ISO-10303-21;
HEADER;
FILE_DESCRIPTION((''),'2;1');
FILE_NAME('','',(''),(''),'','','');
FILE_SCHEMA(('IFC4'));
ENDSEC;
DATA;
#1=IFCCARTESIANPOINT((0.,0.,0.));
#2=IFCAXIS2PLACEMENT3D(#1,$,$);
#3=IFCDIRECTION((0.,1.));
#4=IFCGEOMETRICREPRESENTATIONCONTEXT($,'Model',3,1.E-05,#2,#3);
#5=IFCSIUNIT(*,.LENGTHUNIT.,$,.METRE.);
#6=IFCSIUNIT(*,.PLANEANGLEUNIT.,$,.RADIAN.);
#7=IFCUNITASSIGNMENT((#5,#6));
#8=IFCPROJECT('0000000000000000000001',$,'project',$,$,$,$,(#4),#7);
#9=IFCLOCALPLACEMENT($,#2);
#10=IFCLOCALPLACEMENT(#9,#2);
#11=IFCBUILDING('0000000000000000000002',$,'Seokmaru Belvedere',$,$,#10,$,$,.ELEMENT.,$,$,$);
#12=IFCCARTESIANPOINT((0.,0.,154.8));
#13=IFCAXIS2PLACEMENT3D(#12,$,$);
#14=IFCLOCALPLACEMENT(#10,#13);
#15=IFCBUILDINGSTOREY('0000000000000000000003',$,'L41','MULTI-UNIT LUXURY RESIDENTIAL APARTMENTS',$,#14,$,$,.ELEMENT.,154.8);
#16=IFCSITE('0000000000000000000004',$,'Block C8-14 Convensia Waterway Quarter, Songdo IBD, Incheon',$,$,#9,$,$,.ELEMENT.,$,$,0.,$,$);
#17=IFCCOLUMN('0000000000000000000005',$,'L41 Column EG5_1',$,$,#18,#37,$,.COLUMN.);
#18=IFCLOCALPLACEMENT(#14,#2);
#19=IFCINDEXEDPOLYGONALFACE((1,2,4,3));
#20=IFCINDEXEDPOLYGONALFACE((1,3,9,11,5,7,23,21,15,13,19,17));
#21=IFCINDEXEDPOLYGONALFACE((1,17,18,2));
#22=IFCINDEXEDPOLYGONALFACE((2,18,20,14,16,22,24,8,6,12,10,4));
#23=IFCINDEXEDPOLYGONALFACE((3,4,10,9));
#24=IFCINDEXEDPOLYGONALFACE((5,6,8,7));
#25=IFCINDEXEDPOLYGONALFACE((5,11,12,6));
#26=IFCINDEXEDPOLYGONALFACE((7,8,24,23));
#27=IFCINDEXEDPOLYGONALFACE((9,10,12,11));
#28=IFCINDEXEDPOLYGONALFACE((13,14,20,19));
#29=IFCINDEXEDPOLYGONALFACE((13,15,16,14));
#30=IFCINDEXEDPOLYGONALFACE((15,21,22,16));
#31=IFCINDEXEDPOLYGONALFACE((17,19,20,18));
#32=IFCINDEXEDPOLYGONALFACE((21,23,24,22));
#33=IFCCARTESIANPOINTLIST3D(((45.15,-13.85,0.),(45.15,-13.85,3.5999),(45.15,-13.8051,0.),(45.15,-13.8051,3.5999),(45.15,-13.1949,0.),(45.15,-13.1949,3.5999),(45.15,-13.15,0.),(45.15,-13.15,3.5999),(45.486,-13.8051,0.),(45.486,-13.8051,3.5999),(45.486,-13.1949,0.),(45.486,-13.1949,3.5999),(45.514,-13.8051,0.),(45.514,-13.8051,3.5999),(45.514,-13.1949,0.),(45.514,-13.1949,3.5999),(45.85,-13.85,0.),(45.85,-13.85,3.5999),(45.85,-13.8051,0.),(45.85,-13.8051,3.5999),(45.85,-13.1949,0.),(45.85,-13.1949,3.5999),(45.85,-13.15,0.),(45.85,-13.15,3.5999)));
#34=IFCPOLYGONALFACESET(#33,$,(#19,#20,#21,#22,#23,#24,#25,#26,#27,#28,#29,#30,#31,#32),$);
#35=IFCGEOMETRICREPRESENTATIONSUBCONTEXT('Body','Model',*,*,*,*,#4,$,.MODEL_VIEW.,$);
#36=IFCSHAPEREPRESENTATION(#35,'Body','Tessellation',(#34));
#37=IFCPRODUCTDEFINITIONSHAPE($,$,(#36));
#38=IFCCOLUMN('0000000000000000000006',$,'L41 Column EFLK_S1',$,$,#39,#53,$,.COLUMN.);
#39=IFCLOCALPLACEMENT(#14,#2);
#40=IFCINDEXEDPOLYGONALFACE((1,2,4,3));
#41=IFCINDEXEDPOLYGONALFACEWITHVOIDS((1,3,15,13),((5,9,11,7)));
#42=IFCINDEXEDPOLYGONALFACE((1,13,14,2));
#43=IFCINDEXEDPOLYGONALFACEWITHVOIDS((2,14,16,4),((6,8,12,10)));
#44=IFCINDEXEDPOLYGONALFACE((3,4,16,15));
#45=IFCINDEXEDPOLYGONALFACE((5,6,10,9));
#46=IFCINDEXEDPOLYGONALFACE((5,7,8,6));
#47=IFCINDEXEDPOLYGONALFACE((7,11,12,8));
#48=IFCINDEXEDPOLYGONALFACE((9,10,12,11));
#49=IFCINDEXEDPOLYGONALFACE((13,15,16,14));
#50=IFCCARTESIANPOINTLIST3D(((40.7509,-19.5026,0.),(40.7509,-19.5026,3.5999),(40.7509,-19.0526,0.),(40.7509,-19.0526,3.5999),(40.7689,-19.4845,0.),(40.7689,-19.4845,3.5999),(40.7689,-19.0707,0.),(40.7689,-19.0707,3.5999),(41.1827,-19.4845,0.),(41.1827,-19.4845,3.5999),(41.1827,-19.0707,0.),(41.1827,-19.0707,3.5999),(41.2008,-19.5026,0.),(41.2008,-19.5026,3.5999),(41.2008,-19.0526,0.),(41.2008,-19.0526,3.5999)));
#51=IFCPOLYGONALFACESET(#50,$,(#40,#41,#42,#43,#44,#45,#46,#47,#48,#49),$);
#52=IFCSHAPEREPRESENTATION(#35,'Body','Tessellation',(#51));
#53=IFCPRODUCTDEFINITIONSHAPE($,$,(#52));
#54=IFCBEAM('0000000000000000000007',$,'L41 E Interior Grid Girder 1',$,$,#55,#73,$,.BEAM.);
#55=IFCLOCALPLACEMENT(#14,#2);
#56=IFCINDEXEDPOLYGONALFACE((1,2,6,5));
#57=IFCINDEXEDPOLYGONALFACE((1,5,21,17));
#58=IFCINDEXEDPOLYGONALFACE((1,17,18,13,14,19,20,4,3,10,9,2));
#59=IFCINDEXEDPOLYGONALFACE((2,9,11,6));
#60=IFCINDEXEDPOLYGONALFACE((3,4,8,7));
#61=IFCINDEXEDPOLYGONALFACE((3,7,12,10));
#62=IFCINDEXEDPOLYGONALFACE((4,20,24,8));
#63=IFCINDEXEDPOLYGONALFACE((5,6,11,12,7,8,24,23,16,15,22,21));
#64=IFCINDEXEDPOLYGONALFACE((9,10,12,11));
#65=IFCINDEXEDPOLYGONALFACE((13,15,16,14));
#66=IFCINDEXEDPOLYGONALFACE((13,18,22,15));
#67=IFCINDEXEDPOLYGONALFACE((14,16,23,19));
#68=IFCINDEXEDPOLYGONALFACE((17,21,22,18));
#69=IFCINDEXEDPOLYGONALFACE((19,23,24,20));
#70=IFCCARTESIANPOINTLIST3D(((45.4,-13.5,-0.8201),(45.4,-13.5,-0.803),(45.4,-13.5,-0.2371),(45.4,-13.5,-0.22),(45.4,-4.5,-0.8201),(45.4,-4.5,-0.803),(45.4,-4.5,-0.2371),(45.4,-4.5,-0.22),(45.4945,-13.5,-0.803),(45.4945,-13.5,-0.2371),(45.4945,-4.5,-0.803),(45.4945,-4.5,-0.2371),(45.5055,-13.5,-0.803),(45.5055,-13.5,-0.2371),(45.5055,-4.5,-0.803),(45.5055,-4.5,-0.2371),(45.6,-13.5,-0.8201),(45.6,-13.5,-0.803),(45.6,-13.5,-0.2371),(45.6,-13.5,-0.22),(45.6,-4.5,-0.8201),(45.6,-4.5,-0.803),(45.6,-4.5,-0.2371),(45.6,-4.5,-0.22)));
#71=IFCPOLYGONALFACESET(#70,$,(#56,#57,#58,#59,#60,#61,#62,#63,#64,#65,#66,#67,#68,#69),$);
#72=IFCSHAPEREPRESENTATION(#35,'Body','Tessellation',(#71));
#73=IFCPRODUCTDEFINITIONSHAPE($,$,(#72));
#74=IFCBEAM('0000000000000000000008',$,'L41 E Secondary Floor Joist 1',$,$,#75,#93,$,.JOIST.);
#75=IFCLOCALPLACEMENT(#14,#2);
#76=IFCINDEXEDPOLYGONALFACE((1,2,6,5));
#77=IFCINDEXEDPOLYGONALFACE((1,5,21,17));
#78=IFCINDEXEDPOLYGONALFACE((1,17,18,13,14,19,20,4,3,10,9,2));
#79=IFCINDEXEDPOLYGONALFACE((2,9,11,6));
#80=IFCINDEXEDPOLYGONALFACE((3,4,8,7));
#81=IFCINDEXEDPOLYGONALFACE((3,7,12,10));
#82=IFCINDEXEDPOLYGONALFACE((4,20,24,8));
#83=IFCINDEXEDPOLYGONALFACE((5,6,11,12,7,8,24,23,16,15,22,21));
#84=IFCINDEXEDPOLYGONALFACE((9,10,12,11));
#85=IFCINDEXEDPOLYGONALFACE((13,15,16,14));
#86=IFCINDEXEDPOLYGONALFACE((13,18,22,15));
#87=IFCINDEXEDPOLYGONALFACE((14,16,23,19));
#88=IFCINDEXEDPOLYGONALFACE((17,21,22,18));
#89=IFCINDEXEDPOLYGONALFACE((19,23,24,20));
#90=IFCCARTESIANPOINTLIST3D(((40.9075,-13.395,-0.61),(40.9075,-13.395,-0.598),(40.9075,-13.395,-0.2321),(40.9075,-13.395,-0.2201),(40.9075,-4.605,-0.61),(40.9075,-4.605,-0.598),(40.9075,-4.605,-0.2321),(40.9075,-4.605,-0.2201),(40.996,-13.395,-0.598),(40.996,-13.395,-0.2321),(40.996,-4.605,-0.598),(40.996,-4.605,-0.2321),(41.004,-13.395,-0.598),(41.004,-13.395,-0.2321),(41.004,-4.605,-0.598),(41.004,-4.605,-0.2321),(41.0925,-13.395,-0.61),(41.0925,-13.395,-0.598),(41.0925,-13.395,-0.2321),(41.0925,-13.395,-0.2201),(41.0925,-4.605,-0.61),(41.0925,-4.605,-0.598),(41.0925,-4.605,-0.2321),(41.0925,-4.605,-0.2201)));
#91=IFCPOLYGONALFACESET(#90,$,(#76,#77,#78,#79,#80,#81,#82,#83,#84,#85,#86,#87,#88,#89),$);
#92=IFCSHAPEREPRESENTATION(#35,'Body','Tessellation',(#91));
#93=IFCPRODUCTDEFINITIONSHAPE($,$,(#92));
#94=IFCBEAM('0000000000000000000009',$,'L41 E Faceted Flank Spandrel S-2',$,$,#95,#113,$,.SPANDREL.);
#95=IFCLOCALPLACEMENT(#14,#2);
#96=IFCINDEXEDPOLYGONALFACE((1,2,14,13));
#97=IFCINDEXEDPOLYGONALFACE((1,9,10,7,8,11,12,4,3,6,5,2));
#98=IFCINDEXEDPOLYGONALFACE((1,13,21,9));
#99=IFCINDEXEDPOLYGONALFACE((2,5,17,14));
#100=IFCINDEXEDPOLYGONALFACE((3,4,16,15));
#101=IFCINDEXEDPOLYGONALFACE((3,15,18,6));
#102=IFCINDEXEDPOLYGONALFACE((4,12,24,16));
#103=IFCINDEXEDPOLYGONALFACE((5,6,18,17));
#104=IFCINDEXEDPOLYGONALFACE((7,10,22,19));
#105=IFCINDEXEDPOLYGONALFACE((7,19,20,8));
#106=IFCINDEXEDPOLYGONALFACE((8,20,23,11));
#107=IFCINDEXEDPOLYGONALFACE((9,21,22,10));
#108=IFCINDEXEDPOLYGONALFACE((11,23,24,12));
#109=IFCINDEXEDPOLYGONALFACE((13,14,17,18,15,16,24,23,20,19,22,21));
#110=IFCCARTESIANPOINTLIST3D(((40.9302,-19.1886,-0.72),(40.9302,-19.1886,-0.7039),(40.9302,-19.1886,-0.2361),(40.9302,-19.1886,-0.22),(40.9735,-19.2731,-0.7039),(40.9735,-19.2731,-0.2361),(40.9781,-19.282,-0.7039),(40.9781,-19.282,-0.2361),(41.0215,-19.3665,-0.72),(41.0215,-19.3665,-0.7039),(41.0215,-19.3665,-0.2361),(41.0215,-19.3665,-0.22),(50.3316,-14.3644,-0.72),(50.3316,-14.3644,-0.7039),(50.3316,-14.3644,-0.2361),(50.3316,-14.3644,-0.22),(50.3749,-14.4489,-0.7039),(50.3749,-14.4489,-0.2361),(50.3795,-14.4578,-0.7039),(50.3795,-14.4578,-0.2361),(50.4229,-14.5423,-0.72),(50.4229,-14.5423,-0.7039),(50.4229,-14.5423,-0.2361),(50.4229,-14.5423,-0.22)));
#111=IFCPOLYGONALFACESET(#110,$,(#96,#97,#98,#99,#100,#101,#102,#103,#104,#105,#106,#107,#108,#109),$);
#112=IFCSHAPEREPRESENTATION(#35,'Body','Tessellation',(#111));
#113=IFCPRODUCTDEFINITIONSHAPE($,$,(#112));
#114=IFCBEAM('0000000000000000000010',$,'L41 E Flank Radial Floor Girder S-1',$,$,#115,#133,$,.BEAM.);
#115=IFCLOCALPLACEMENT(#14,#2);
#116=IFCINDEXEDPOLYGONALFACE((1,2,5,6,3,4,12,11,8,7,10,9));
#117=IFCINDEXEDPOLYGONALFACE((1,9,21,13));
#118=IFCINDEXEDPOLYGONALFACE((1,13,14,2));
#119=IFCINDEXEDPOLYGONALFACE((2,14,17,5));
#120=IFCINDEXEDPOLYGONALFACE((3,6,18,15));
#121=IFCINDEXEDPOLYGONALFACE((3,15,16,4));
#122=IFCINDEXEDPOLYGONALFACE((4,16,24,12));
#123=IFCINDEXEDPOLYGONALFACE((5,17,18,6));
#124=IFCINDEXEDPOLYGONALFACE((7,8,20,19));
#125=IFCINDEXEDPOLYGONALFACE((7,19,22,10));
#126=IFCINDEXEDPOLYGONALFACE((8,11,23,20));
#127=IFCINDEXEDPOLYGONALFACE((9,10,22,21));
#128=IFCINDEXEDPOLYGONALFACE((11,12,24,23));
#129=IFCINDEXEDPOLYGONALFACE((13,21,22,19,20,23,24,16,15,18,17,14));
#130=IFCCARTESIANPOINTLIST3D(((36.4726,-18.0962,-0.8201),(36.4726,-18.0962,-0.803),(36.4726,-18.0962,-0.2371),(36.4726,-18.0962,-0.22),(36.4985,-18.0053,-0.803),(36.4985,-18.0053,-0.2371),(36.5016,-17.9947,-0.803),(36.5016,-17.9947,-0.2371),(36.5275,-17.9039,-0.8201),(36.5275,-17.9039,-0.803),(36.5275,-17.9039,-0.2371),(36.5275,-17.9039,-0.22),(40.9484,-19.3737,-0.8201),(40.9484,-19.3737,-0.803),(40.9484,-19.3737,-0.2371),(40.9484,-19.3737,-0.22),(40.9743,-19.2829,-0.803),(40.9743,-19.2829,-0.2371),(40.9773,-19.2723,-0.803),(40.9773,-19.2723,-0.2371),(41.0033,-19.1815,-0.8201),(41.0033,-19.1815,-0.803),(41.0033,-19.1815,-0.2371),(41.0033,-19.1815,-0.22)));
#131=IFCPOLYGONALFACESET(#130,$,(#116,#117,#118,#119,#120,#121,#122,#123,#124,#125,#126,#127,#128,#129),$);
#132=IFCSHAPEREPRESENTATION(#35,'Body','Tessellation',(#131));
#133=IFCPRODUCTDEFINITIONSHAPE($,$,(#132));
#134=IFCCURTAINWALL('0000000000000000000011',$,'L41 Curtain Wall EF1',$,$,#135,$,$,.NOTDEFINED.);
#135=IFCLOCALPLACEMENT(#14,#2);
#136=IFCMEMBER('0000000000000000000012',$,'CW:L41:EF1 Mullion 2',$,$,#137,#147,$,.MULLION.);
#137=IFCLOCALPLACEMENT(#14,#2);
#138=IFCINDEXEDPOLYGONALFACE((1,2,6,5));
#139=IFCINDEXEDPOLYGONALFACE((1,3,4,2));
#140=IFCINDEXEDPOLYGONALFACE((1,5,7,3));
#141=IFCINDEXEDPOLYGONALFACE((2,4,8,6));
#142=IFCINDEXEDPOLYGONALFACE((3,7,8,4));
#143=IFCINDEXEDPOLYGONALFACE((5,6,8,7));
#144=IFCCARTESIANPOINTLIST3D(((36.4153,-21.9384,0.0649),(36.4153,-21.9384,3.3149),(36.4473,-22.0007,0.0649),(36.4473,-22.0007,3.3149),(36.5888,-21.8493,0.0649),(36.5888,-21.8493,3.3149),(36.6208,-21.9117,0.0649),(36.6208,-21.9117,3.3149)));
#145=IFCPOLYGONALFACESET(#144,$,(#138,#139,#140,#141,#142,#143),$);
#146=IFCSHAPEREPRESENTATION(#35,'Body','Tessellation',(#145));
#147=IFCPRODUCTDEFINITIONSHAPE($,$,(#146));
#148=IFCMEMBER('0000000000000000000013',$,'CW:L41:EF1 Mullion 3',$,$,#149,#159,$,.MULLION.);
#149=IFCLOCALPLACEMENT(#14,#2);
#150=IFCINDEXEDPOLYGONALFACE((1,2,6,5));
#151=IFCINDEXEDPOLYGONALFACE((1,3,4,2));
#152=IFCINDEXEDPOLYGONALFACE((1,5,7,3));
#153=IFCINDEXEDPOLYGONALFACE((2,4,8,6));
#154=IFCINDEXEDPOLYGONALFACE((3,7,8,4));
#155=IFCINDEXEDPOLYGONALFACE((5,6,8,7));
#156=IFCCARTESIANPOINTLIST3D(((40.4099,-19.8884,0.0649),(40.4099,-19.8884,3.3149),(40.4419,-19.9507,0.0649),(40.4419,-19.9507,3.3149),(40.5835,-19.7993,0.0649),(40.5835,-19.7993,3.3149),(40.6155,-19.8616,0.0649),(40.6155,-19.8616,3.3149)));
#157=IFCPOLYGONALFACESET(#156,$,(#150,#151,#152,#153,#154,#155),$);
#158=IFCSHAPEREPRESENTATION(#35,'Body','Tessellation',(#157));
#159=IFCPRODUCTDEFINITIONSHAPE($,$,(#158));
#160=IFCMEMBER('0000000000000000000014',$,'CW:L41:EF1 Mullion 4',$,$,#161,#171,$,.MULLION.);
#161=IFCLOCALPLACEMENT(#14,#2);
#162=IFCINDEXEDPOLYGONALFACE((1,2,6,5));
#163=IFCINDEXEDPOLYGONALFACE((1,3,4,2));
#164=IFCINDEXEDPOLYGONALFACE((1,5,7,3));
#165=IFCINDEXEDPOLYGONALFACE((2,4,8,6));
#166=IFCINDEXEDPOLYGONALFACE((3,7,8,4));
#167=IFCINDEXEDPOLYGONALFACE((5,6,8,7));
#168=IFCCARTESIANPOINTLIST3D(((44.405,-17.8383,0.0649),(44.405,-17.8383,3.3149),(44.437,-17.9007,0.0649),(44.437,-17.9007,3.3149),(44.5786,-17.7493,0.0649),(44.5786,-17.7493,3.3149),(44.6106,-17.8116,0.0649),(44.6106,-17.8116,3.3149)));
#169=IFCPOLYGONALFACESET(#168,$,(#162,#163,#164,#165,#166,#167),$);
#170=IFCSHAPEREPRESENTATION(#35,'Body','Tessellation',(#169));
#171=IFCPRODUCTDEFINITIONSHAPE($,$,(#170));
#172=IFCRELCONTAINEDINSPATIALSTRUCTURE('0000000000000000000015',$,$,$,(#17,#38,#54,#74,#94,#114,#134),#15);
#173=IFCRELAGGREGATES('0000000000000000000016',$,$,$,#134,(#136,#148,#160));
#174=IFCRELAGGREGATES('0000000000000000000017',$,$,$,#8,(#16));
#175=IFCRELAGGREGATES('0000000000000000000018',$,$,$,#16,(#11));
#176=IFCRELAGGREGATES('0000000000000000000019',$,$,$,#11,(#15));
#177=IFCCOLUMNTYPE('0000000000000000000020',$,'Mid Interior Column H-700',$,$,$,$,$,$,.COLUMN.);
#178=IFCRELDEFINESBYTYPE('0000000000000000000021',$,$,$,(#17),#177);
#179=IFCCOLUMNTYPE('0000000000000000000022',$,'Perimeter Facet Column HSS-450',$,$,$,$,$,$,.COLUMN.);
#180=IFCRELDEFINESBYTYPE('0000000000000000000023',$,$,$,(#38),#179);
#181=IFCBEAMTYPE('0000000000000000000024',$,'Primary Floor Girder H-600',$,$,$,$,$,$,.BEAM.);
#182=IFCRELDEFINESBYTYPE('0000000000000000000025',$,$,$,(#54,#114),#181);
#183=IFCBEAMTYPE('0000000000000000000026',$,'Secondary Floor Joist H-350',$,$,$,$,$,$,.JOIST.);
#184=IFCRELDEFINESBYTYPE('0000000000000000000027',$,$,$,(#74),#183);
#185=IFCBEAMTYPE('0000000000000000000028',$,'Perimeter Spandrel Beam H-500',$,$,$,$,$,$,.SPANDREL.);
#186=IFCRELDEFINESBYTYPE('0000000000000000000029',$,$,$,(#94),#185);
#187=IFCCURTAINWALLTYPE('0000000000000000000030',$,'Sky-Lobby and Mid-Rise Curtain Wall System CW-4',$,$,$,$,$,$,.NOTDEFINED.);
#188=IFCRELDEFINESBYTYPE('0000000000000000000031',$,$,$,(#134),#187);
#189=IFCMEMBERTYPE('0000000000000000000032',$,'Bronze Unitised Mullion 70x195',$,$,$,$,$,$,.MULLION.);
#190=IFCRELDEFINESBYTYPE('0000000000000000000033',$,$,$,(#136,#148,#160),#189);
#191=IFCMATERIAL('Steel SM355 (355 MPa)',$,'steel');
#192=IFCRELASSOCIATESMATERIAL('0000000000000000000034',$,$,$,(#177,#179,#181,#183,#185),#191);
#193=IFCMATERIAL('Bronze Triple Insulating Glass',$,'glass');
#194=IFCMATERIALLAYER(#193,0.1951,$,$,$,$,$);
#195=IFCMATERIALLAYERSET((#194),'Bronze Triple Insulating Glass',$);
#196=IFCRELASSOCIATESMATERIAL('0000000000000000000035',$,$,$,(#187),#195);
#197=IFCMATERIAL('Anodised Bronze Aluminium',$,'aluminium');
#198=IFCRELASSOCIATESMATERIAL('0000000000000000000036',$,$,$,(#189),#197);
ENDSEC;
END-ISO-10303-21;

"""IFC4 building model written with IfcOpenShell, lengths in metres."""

from ifc_helpers import new_model, si_unit, direction, frame, origin, origin_2d, place, context, subcontext, project, spatial, rectangle, hollow_rectangle, i_section, extrude, source, transform, mapped, material, layer, layer_set, material_profile, profile_set, type_object, type_shapes, element, aggregate, save


model = new_model("IFC4")

# Units and contexts
model_context = context("Model", 3, precision=1e-05, world=origin(), true_north=direction((0.0, 1.0)))
body_context = subcontext(model_context, "Body", "Model", "MODEL_VIEW")
ifc_project = project(units=[si_unit("LENGTHUNIT", "METRE"), si_unit("PLANEANGLEUNIT", "RADIAN")], contexts=[model_context])

# Site, building, storey
site_placement = place(None, origin())
site = spatial("IfcSite", under=ifc_project, at=site_placement, Name="Block C8-14 Convensia Waterway Quarter, Songdo IBD, Incheon", CompositionType="ELEMENT", RefElevation=0.0)
building_placement = place(site_placement, origin())
building = spatial("IfcBuilding", under=site, at=building_placement, Name="Seokmaru Belvedere", CompositionType="ELEMENT")
storey_placement = place(building_placement, frame((0.0, 0.0, 154.8)))
storey = spatial("IfcBuildingStorey", under=building, at=storey_placement, Name="L41", Description="MULTI-UNIT LUXURY RESIDENTIAL APARTMENTS", CompositionType="ELEMENT", Elevation=154.8)

# Columns
ifc_material_1 = material(Name="Steel SM355 (355 MPa)", Category="steel")
ifc_material_profile_1 = material_profile(ifc_material_1, i_section(OverallWidth=0.7, OverallDepth=0.7, WebThickness=0.0281, FlangeThickness=0.0449, at=origin_2d()), Name="H-700x700x28x45")
ifc_profile_set_1 = profile_set([ifc_material_profile_1], Name="Steel SM355 (355 MPa)")
column_type_1 = type_object("IfcColumnType", Name="Mid Interior Column H-700", PredefinedType="COLUMN", material=ifc_profile_set_1)
shared_shape_1 = source(origin(), body_context, "Body", "SweptSolid", [
    extrude(i_section(OverallWidth=0.7, OverallDepth=0.7, WebThickness=0.0281, FlangeThickness=0.0449, at=origin_2d()), origin(), (0.0, 0.0, 1.0), 3.5999),
])
type_shapes(column_type_1, [shared_shape_1])
column_1_placement = place(storey_placement, frame((45.5, -13.5, 0.0), z_axis=(0.0, 0.0, 1.0), x_axis=(1.0, 0.0, 0.0)))
element("IfcColumn", 1, at=column_1_placement, inside=storey, type_object=column_type_1, Name="L41 Column EG5_1", PredefinedType="COLUMN", context=body_context, shape_type="MappedRepresentation", body=[
    mapped(shared_shape_1, transform((0.0, 0.0, 0.0), scale=1.0)),
])
ifc_material_profile_2 = material_profile(ifc_material_1, hollow_rectangle(XDim=0.45, YDim=0.45, WallThickness=0.0181, at=origin_2d()), Name="HSS-450x450x18")
ifc_profile_set_2 = profile_set([ifc_material_profile_2], Name="Steel SM355 (355 MPa)")
column_type_2 = type_object("IfcColumnType", Name="Perimeter Facet Column HSS-450", PredefinedType="COLUMN", material=ifc_profile_set_2)
shared_shape_2 = source(origin(), body_context, "Body", "SweptSolid", [
    extrude(hollow_rectangle(XDim=0.45, YDim=0.45, WallThickness=0.0181, at=origin_2d()), origin(), (0.0, 0.0, 1.0), 3.5999),
])
type_shapes(column_type_2, [shared_shape_2])
column_2_placement = place(storey_placement, frame((40.9758, -19.2776, 0.0), z_axis=(0.0, 0.0, 1.0), x_axis=(1.0, 0.0, 0.0)))
element("IfcColumn", 2, at=column_2_placement, inside=storey, type_object=column_type_2, Name="L41 Column EFLK_S1", PredefinedType="COLUMN", context=body_context, shape_type="MappedRepresentation", body=[
    mapped(shared_shape_2, transform((0.0, 0.0, 0.0), scale=1.0)),
])

# Beams
ifc_material_profile_3 = material_profile(ifc_material_1, i_section(OverallWidth=0.2, OverallDepth=0.6001, WebThickness=0.011, FlangeThickness=0.0171, at=origin_2d()), Name="H-600x200x11x17")
ifc_profile_set_3 = profile_set([ifc_material_profile_3], Name="Steel SM355 (355 MPa)")
beam_type_1 = type_object("IfcBeamType", Name="Primary Floor Girder H-600", PredefinedType="BEAM", material=ifc_profile_set_3)
shared_shape_3 = source(origin(), body_context, "Body", "SweptSolid", [
    extrude(i_section(OverallWidth=0.2, OverallDepth=0.6001, WebThickness=0.011, FlangeThickness=0.0171, at=origin_2d()), origin(), (0.0, 0.0, 1.0), 9.0),
])
beam_1_placement = place(storey_placement, frame((45.5, -13.5, -0.52), z_axis=(0.0, 1.0, 0.0), x_axis=(-1.0, 0.0, 0.0)))
element("IfcBeam", 3, at=beam_1_placement, inside=storey, type_object=beam_type_1, Name="L41 E Interior Grid Girder 1", PredefinedType="BEAM", context=body_context, shape_type="MappedRepresentation", body=[
    mapped(shared_shape_3, transform((0.0, 0.0, 0.0), scale=1.0)),
])
ifc_material_profile_4 = material_profile(ifc_material_1, i_section(OverallWidth=0.1851, OverallDepth=0.3899, WebThickness=0.0081, FlangeThickness=0.012, at=origin_2d()), Name="H-390x185x8x12")
ifc_profile_set_4 = profile_set([ifc_material_profile_4], Name="Steel SM355 (355 MPa)")
beam_type_2 = type_object("IfcBeamType", Name="Secondary Floor Joist H-350", PredefinedType="JOIST", material=ifc_profile_set_4)
shared_shape_4 = source(origin(), body_context, "Body", "SweptSolid", [
    extrude(i_section(OverallWidth=0.1851, OverallDepth=0.3899, WebThickness=0.0081, FlangeThickness=0.012, at=origin_2d()), origin(), (0.0, 0.0, 1.0), 8.79),
])
type_shapes(beam_type_2, [shared_shape_4])
beam_2_placement = place(storey_placement, frame((41.0, -13.395, -0.415), z_axis=(0.0, 1.0, 0.0), x_axis=(-1.0, 0.0, 0.0)))
element("IfcBeam", 4, at=beam_2_placement, inside=storey, type_object=beam_type_2, Name="L41 E Secondary Floor Joist 1", PredefinedType="JOIST", context=body_context, shape_type="MappedRepresentation", body=[
    mapped(shared_shape_4, transform((0.0, 0.0, 0.0), scale=1.0)),
])
ifc_material_profile_5 = material_profile(ifc_material_1, i_section(OverallWidth=0.2, OverallDepth=0.5, WebThickness=0.01, FlangeThickness=0.0161, at=origin_2d()), Name="H-500x200x10x16")
ifc_profile_set_5 = profile_set([ifc_material_profile_5], Name="Steel SM355 (355 MPa)")
beam_type_3 = type_object("IfcBeamType", Name="Perimeter Spandrel Beam H-500", PredefinedType="SPANDREL", material=ifc_profile_set_5)
shared_shape_5 = source(origin(), body_context, "Body", "SweptSolid", [
    extrude(i_section(OverallWidth=0.2, OverallDepth=0.5, WebThickness=0.01, FlangeThickness=0.0161, at=origin_2d()), origin(), (0.0, 0.0, 1.0), 10.5669),
])
type_shapes(beam_type_3, [shared_shape_5])
beam_3_placement = place(storey_placement, frame((40.9758, -19.2776, -0.47), z_axis=(0.889702, 0.456542, 0.0), x_axis=(-0.456542, 0.889702, 0.0)))
element("IfcBeam", 5, at=beam_3_placement, inside=storey, type_object=beam_type_3, Name="L41 E Faceted Flank Spandrel S-2", PredefinedType="SPANDREL", context=body_context, shape_type="MappedRepresentation", body=[
    mapped(shared_shape_5, transform((0.0, 0.0, 0.0), scale=1.0)),
])
shared_shape_6 = source(origin(), body_context, "Body", "SweptSolid", [
    extrude(i_section(OverallWidth=0.2, OverallDepth=0.6001, WebThickness=0.011, FlangeThickness=0.0171, at=origin_2d()), origin(), (0.0, 0.0, 1.0), 4.6545),
])
type_shapes(beam_type_1, [shared_shape_3, shared_shape_6])
beam_4_placement = place(storey_placement, frame((40.9758, -19.2776, -0.52), z_axis=(-0.961593, 0.274479, 0.0), x_axis=(-0.274479, -0.961593, 0.0)))
element("IfcBeam", 6, at=beam_4_placement, inside=storey, type_object=beam_type_1, Name="L41 E Flank Radial Floor Girder S-1", PredefinedType="BEAM", context=body_context, shape_type="MappedRepresentation", body=[
    mapped(shared_shape_6, transform((0.0, 0.0, 0.0), scale=1.0)),
])

# Curtain wall, members
ifc_material_2 = material(Name="Bronze Triple Insulating Glass", Category="glass")
ifc_layer_1 = layer(ifc_material_2, 0.1951)
ifc_layer_set_1 = layer_set([ifc_layer_1], Name="Bronze Triple Insulating Glass")
curtain_wall_type = type_object("IfcCurtainWallType", Name="Sky-Lobby and Mid-Rise Curtain Wall System CW-4", PredefinedType="NOTDEFINED", material=ifc_layer_set_1)
curtain_wall_placement = place(storey_placement, origin())
curtain_wall = element("IfcCurtainWall", 7, at=curtain_wall_placement, inside=storey, type_object=curtain_wall_type, Name="L41 Curtain Wall EF1", PredefinedType="NOTDEFINED")
ifc_material_3 = material(Name="Anodised Bronze Aluminium", Category="aluminium")
ifc_material_profile_6 = material_profile(ifc_material_3, rectangle(XDim=0.0701, YDim=0.1951, at=origin_2d()), Name="CW-M-70x195")
ifc_profile_set_6 = profile_set([ifc_material_profile_6], Name="Anodised Bronze Aluminium")
member_type = type_object("IfcMemberType", Name="Bronze Unitised Mullion 70x195", PredefinedType="MULLION", material=ifc_profile_set_6)
shared_shape_7 = source(origin(), body_context, "Body", "SweptSolid", [
    extrude(rectangle(XDim=0.0701, YDim=0.1951, at=origin_2d()), origin(), (0.0, 0.0, 1.0), 3.25),
])
type_shapes(member_type, [shared_shape_7])
member_1_placement = place(storey_placement, frame((36.5181, -21.925, 0.0649), z_axis=(0.0, 0.0, 1.0), x_axis=(-0.456555, 0.889695, 0.0)))
member_1 = element("IfcMember", 8, at=member_1_placement, type_object=member_type, Name="CW:L41:EF1 Mullion 2", PredefinedType="MULLION", context=body_context, shape_type="MappedRepresentation", body=[
    mapped(shared_shape_7, transform((0.0, 0.0, 0.0), scale=1.0)),
])
member_2_placement = place(storey_placement, frame((40.5127, -19.875, 0.0649), z_axis=(0.0, 0.0, 1.0), x_axis=(-0.456555, 0.889695, 0.0)))
member_2 = element("IfcMember", 9, at=member_2_placement, type_object=member_type, Name="CW:L41:EF1 Mullion 3", PredefinedType="MULLION", context=body_context, shape_type="MappedRepresentation", body=[
    mapped(shared_shape_7, transform((0.0, 0.0, 0.0), scale=1.0)),
])
member_3_placement = place(storey_placement, frame((44.5078, -17.825, 0.0649), z_axis=(0.0, 0.0, 1.0), x_axis=(-0.456555, 0.889695, 0.0)))
member_3 = element("IfcMember", 10, at=member_3_placement, type_object=member_type, Name="CW:L41:EF1 Mullion 4", PredefinedType="MULLION", context=body_context, shape_type="MappedRepresentation", body=[
    mapped(shared_shape_7, transform((0.0, 0.0, 0.0), scale=1.0)),
])
aggregate(curtain_wall, [member_1, member_2, member_3])

save(model, "model.ifc")
